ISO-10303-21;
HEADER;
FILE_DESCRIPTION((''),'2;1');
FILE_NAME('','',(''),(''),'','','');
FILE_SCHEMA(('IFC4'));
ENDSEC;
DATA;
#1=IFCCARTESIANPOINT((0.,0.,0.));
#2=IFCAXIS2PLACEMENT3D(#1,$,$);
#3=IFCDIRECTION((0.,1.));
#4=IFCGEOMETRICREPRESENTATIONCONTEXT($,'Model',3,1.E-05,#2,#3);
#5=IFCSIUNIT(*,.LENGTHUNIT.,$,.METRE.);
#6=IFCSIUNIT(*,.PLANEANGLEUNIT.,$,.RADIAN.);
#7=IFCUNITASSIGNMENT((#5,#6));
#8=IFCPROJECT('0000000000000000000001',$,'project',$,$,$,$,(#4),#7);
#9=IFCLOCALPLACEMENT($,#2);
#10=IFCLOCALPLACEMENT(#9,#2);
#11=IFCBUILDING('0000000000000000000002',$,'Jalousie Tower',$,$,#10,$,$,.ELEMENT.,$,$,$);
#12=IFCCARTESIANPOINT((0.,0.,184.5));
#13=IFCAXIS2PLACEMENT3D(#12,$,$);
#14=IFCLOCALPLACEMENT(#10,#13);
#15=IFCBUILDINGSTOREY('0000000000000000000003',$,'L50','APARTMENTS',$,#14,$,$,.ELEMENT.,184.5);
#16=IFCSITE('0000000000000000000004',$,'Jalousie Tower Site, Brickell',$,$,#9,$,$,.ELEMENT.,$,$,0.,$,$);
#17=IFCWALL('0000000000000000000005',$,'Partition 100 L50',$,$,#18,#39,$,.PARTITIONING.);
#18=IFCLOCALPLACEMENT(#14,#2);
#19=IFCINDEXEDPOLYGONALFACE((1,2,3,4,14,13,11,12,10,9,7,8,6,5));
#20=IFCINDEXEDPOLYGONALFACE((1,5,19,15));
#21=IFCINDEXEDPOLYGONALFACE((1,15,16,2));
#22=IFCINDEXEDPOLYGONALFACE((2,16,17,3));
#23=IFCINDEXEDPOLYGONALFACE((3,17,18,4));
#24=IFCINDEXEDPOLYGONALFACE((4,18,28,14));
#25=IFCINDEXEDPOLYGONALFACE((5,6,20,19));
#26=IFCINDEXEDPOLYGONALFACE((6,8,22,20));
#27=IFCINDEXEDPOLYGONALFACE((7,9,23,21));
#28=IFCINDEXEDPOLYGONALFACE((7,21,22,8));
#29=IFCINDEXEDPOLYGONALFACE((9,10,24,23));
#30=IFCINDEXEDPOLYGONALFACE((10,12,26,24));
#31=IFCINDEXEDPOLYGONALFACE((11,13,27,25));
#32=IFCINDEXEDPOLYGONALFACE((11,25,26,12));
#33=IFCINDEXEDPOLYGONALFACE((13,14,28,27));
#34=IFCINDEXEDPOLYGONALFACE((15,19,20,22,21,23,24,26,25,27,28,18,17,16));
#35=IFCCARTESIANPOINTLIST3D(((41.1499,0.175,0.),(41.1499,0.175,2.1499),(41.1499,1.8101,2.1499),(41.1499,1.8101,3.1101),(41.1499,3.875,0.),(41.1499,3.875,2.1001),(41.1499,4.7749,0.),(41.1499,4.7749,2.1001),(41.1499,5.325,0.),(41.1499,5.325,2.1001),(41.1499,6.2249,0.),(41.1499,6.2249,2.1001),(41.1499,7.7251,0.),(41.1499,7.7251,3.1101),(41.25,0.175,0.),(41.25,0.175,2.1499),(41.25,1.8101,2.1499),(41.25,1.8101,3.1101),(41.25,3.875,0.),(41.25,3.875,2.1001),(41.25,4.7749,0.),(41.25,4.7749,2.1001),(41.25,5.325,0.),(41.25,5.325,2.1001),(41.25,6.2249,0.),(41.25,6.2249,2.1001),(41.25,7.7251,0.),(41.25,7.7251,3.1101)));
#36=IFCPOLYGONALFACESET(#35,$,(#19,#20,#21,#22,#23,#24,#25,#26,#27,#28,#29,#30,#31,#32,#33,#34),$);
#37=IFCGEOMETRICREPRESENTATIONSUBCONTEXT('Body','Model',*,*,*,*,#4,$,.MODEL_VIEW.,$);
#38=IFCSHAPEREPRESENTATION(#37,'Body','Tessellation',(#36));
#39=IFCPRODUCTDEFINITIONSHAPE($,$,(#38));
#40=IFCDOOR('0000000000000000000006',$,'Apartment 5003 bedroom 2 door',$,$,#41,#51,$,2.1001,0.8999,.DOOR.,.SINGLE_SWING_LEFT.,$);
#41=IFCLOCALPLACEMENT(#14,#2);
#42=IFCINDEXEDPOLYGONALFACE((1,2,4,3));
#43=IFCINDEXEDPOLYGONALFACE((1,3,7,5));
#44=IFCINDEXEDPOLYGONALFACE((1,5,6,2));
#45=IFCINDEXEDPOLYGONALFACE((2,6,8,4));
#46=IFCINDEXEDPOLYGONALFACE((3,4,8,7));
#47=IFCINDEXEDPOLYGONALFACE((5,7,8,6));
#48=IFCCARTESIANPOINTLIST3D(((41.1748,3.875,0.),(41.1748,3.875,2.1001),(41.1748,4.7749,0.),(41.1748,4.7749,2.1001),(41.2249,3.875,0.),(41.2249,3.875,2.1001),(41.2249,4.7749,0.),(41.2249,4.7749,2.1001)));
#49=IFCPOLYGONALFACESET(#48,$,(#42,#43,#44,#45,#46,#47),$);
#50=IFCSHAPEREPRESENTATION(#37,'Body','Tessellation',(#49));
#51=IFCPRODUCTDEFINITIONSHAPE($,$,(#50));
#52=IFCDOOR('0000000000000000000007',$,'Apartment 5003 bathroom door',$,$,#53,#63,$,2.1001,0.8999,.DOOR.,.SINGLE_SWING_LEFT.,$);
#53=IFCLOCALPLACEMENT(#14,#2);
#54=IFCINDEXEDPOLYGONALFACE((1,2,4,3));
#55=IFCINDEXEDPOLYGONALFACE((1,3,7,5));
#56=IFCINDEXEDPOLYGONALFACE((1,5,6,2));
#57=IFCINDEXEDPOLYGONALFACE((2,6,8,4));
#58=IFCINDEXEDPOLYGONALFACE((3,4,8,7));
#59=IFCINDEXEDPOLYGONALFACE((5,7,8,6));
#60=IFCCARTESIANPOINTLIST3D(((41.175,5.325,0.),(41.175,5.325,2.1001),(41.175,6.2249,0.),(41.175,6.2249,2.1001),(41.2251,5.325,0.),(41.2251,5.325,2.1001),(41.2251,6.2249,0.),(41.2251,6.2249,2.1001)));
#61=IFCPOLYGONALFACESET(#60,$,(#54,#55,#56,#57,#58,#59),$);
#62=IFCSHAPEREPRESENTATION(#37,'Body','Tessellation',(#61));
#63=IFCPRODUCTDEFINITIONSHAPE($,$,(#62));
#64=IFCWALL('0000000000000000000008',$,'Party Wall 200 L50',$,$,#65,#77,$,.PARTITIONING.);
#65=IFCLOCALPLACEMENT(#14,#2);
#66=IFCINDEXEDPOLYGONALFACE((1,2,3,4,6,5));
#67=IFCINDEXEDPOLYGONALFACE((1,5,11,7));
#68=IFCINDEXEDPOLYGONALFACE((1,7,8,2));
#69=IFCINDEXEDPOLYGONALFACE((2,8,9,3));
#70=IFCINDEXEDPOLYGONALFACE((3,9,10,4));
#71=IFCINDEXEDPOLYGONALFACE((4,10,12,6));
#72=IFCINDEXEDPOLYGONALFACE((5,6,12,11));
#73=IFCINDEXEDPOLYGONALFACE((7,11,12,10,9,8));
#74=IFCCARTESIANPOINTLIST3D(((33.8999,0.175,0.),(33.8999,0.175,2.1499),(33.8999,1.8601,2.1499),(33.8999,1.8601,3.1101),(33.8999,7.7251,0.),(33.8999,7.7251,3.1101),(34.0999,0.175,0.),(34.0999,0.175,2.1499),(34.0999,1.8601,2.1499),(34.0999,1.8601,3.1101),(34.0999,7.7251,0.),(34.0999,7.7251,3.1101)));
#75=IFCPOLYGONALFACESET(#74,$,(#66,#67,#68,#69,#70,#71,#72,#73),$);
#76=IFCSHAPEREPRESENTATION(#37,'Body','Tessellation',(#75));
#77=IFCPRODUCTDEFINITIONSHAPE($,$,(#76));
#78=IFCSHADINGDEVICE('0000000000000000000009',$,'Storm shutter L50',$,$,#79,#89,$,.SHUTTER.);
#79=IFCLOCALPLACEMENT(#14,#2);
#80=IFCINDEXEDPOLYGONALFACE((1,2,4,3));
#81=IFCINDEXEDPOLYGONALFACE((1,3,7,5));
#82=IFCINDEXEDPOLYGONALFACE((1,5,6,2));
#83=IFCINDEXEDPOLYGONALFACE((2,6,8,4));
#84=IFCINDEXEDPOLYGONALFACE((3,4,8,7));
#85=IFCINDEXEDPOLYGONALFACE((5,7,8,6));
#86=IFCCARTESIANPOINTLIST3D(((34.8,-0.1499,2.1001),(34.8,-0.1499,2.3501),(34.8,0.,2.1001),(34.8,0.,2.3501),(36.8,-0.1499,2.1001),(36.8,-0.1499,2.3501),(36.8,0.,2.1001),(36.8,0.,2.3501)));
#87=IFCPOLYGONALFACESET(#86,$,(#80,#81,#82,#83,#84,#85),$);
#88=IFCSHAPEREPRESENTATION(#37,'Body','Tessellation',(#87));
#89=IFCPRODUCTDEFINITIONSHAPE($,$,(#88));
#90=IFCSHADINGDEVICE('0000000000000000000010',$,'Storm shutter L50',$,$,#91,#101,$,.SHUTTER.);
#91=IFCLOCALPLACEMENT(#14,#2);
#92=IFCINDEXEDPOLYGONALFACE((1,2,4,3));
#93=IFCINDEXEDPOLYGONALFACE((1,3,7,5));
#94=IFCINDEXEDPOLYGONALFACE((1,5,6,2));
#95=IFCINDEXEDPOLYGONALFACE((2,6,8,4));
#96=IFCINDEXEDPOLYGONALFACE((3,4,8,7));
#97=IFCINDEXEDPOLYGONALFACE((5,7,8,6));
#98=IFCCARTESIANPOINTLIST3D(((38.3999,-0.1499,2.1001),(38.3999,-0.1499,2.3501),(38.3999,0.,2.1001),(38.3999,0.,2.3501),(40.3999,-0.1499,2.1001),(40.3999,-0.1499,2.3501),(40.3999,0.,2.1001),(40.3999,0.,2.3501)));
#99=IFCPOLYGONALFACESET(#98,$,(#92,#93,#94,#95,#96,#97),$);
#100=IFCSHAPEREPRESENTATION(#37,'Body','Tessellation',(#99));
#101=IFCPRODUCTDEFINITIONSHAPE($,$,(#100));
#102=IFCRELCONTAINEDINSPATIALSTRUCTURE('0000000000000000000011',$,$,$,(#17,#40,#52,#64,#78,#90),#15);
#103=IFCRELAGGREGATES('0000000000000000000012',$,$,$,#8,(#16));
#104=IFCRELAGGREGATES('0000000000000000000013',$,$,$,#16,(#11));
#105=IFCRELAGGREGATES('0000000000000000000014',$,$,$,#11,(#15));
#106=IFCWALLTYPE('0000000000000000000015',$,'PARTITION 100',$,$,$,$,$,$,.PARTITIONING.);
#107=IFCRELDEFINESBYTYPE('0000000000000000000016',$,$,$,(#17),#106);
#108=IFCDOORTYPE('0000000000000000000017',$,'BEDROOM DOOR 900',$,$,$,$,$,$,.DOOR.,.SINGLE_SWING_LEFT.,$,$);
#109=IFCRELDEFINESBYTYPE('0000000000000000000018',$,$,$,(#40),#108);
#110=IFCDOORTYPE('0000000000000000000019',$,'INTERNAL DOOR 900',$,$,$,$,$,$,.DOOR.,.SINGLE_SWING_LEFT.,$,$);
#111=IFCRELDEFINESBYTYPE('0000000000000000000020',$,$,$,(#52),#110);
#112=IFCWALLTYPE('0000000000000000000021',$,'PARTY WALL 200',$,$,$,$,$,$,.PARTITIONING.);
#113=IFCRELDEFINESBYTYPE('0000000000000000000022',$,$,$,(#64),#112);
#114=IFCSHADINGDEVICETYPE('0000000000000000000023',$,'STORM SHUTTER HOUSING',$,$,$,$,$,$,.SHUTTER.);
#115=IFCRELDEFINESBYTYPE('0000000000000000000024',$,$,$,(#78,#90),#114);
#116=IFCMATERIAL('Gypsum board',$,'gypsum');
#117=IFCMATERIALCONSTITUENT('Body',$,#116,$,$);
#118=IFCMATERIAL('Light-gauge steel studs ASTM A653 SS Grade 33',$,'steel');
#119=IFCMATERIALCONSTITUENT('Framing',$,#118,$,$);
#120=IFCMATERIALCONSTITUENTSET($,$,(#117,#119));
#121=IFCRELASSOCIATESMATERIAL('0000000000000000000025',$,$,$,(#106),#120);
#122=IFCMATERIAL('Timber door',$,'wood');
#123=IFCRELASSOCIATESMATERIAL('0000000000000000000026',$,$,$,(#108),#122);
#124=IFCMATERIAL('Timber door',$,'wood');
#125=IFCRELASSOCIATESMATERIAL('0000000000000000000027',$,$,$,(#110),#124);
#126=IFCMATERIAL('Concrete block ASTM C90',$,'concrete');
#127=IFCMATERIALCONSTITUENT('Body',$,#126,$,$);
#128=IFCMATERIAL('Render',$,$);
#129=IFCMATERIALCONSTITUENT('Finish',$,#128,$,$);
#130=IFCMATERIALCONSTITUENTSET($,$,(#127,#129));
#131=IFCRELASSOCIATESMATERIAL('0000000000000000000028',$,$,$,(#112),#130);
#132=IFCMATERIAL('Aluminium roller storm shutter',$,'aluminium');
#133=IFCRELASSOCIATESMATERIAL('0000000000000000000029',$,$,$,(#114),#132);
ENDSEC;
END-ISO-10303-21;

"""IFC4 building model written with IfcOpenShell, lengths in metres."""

from ifc_helpers import new_model, si_unit, direction, frame, frame_2d, origin, origin_2d, place, context, subcontext, project, spatial, polyline, rectangle, outline, extrude, material, constituent, constituent_set, type_object, element, fill, save


model = new_model("IFC4")

# Units and contexts
model_context = context("Model", 3, precision=1e-05, world=origin(), true_north=direction((0.0, 1.0)))
body_context = subcontext(model_context, "Body", "Model", "MODEL_VIEW")
ifc_project = project(units=[si_unit("LENGTHUNIT", "METRE"), si_unit("PLANEANGLEUNIT", "RADIAN")], contexts=[model_context])

# Site, building, storey
site_placement = place(None, origin())
site = spatial("IfcSite", under=ifc_project, at=site_placement, Name="Jalousie Tower Site, Brickell", CompositionType="ELEMENT", RefElevation=0.0)
building_placement = place(site_placement, origin())
building = spatial("IfcBuilding", under=site, at=building_placement, Name="Jalousie Tower", CompositionType="ELEMENT")
storey_placement = place(building_placement, frame((0.0, 0.0, 184.5)))
storey = spatial("IfcBuildingStorey", under=building, at=storey_placement, Name="L50", Description="APARTMENTS", CompositionType="ELEMENT", Elevation=184.5)

# Shared definitions
ifc_material_1 = material(Name="Gypsum board", Category="gypsum")
ifc_constituent_1 = constituent(ifc_material_1, Name="Body")
ifc_material_2 = material(Name="Light-gauge steel studs ASTM A653 SS Grade 33", Category="steel")
ifc_constituent_2 = constituent(ifc_material_2, Name="Framing")
ifc_constituent_set_1 = constituent_set(constituents=[ifc_constituent_1, ifc_constituent_2])
wall_type_1 = type_object("IfcWallType", Name="PARTITION 100", PredefinedType="PARTITIONING", material=ifc_constituent_set_1)
ifc_material_3 = material(Name="Timber door", Category="wood")
door_type_1 = type_object("IfcDoorType", Name="BEDROOM DOOR 900", OperationType="SINGLE_SWING_LEFT", PredefinedType="DOOR", material=ifc_material_3)

# Wall, openings, doors
wall_1_placement = place(storey_placement, frame((41.2, 0.175, 0.0), z_axis=(0.0, 0.0, 1.0), x_axis=(0.0, 1.0, 0.0)))
wall_1 = element("IfcWall", 1, at=wall_1_placement, inside=storey, type_object=wall_type_1, Name="Partition 100 L50", PredefinedType="PARTITIONING", context=body_context, shape_type="SweptSolid", body=[
    extrude(outline(polyline([(0.0, 0.0), (7.55, 0.0), (7.55, 3.1101), (1.635, 3.1101), (1.635, 2.1499), (0.0, 2.1499), (0.0, 3.1101), (0.0, 0.0)])), frame((0.0, 0.05, 0.0), z_axis=(0.0, -1.0, 0.0), x_axis=(1.0, 0.0, 0.0)), (0.0, 0.0, 1.0), 0.1001),
])
opening_1_placement = place(wall_1_placement, frame((3.7, 0.0, 0.0)))
opening_1 = element("IfcOpeningElement", 2, at=opening_1_placement, cuts=wall_1, PredefinedType="OPENING", context=body_context, shape_type="SweptSolid", body=[
    extrude(rectangle(XDim=0.8999, YDim=2.1001, at=frame_2d((0.45, 1.05))), frame((0.0, 0.0601, 0.0), z_axis=(0.0, -1.0, 0.0), x_axis=(1.0, 0.0, 0.0)), (0.0, 0.0, 1.0), 0.1201),
])
opening_2_placement = place(wall_1_placement, frame((5.1499, 0.0, 0.0)))
opening_2 = element("IfcOpeningElement", 3, at=opening_2_placement, cuts=wall_1, PredefinedType="OPENING", context=body_context, shape_type="SweptSolid", body=[
    extrude(rectangle(XDim=0.8999, YDim=2.1001, at=frame_2d((0.45, 1.05))), frame((0.0, 0.0601, 0.0), z_axis=(0.0, -1.0, 0.0), x_axis=(1.0, 0.0, 0.0)), (0.0, 0.0, 1.0), 0.1201),
])
door_1_placement = place(opening_1_placement, frame((0.8999, 0.0, 0.0), z_axis=(0.0, 0.0, 1.0), x_axis=(-1.0, 0.0, 0.0)))
door_1 = element("IfcDoor", 4, at=door_1_placement, inside=storey, type_object=door_type_1, Name="Apartment 5003 bedroom 2 door", OperationType="SINGLE_SWING_LEFT", OverallHeight=2.1001, OverallWidth=0.8999, PredefinedType="DOOR", context=body_context, shape_type="SweptSolid", body=[
    extrude(rectangle(XDim=0.8999, YDim=2.1001, at=frame_2d((0.45, 1.05))), frame((0.0, 0.0249, 0.0), z_axis=(0.0, -1.0, 0.0), x_axis=(1.0, 0.0, 0.0)), (0.0, 0.0, 1.0), 0.05),
])
fill(opening_1, door_1)
ifc_material_4 = material(Name="Timber door", Category="wood")
door_type_2 = type_object("IfcDoorType", Name="INTERNAL DOOR 900", OperationType="SINGLE_SWING_LEFT", PredefinedType="DOOR", material=ifc_material_4)
door_2_placement = place(opening_2_placement, origin())
door_2 = element("IfcDoor", 5, at=door_2_placement, inside=storey, type_object=door_type_2, Name="Apartment 5003 bathroom door", OperationType="SINGLE_SWING_LEFT", OverallHeight=2.1001, OverallWidth=0.8999, PredefinedType="DOOR", context=body_context, shape_type="SweptSolid", body=[
    extrude(rectangle(XDim=0.8999, YDim=2.1001, at=frame_2d((0.45, 1.05))), frame((0.0, 0.0249, 0.0), z_axis=(0.0, -1.0, 0.0), x_axis=(1.0, 0.0, 0.0)), (0.0, 0.0, 1.0), 0.05),
])
fill(opening_2, door_2)

# Wall
ifc_material_5 = material(Name="Concrete block ASTM C90", Category="concrete")
ifc_constituent_3 = constituent(ifc_material_5, Name="Body")
ifc_material_6 = material(Name="Render")
ifc_constituent_4 = constituent(ifc_material_6, Name="Finish")
ifc_constituent_set_2 = constituent_set(constituents=[ifc_constituent_3, ifc_constituent_4])
wall_type_2 = type_object("IfcWallType", Name="PARTY WALL 200", PredefinedType="PARTITIONING", material=ifc_constituent_set_2)
wall_2_placement = place(storey_placement, frame((34.0, 0.175, 0.0), z_axis=(0.0, 0.0, 1.0), x_axis=(0.0, 1.0, 0.0)))
element("IfcWall", 6, at=wall_2_placement, inside=storey, type_object=wall_type_2, Name="Party Wall 200 L50", PredefinedType="PARTITIONING", context=body_context, shape_type="SweptSolid", body=[
    extrude(outline(polyline([(0.0, 0.0), (7.55, 0.0), (7.55, 3.1101), (1.6851, 3.1101), (1.6851, 2.1499), (0.0, 2.1499), (0.0, 3.1101), (0.0, 0.0)])), frame((0.0, 0.1001, 0.0), z_axis=(0.0, -1.0, 0.0), x_axis=(1.0, 0.0, 0.0)), (0.0, 0.0, 1.0), 0.2),
])

# Shading devices
ifc_material_7 = material(Name="Aluminium roller storm shutter", Category="aluminium")
shading_device_type = type_object("IfcShadingDeviceType", Name="STORM SHUTTER HOUSING", PredefinedType="SHUTTER", material=ifc_material_7)
for number, where, z_axis, x_axis, name in (
    (7, (35.8, -0.075, 2.1001), (0.0, 0.0, 1.0), (1.0, 0.0, 0.0), "Storm shutter L50"),
    (8, (39.3999, -0.075, 2.1001), (0.0, 0.0, 1.0), (1.0, 0.0, 0.0), "Storm shutter L50"),
):
    element("IfcShadingDevice", number, at=place(storey_placement, frame(where, z_axis=z_axis, x_axis=x_axis)), inside=storey, type_object=shading_device_type, Name=name, PredefinedType="SHUTTER", context=body_context, shape_type="SweptSolid", body=[
        extrude(rectangle(XDim=2.0, YDim=0.1499, at=origin_2d()), origin(), (0.0, 0.0, 1.0), 0.25),
    ])

save(model, "model.ifc")
